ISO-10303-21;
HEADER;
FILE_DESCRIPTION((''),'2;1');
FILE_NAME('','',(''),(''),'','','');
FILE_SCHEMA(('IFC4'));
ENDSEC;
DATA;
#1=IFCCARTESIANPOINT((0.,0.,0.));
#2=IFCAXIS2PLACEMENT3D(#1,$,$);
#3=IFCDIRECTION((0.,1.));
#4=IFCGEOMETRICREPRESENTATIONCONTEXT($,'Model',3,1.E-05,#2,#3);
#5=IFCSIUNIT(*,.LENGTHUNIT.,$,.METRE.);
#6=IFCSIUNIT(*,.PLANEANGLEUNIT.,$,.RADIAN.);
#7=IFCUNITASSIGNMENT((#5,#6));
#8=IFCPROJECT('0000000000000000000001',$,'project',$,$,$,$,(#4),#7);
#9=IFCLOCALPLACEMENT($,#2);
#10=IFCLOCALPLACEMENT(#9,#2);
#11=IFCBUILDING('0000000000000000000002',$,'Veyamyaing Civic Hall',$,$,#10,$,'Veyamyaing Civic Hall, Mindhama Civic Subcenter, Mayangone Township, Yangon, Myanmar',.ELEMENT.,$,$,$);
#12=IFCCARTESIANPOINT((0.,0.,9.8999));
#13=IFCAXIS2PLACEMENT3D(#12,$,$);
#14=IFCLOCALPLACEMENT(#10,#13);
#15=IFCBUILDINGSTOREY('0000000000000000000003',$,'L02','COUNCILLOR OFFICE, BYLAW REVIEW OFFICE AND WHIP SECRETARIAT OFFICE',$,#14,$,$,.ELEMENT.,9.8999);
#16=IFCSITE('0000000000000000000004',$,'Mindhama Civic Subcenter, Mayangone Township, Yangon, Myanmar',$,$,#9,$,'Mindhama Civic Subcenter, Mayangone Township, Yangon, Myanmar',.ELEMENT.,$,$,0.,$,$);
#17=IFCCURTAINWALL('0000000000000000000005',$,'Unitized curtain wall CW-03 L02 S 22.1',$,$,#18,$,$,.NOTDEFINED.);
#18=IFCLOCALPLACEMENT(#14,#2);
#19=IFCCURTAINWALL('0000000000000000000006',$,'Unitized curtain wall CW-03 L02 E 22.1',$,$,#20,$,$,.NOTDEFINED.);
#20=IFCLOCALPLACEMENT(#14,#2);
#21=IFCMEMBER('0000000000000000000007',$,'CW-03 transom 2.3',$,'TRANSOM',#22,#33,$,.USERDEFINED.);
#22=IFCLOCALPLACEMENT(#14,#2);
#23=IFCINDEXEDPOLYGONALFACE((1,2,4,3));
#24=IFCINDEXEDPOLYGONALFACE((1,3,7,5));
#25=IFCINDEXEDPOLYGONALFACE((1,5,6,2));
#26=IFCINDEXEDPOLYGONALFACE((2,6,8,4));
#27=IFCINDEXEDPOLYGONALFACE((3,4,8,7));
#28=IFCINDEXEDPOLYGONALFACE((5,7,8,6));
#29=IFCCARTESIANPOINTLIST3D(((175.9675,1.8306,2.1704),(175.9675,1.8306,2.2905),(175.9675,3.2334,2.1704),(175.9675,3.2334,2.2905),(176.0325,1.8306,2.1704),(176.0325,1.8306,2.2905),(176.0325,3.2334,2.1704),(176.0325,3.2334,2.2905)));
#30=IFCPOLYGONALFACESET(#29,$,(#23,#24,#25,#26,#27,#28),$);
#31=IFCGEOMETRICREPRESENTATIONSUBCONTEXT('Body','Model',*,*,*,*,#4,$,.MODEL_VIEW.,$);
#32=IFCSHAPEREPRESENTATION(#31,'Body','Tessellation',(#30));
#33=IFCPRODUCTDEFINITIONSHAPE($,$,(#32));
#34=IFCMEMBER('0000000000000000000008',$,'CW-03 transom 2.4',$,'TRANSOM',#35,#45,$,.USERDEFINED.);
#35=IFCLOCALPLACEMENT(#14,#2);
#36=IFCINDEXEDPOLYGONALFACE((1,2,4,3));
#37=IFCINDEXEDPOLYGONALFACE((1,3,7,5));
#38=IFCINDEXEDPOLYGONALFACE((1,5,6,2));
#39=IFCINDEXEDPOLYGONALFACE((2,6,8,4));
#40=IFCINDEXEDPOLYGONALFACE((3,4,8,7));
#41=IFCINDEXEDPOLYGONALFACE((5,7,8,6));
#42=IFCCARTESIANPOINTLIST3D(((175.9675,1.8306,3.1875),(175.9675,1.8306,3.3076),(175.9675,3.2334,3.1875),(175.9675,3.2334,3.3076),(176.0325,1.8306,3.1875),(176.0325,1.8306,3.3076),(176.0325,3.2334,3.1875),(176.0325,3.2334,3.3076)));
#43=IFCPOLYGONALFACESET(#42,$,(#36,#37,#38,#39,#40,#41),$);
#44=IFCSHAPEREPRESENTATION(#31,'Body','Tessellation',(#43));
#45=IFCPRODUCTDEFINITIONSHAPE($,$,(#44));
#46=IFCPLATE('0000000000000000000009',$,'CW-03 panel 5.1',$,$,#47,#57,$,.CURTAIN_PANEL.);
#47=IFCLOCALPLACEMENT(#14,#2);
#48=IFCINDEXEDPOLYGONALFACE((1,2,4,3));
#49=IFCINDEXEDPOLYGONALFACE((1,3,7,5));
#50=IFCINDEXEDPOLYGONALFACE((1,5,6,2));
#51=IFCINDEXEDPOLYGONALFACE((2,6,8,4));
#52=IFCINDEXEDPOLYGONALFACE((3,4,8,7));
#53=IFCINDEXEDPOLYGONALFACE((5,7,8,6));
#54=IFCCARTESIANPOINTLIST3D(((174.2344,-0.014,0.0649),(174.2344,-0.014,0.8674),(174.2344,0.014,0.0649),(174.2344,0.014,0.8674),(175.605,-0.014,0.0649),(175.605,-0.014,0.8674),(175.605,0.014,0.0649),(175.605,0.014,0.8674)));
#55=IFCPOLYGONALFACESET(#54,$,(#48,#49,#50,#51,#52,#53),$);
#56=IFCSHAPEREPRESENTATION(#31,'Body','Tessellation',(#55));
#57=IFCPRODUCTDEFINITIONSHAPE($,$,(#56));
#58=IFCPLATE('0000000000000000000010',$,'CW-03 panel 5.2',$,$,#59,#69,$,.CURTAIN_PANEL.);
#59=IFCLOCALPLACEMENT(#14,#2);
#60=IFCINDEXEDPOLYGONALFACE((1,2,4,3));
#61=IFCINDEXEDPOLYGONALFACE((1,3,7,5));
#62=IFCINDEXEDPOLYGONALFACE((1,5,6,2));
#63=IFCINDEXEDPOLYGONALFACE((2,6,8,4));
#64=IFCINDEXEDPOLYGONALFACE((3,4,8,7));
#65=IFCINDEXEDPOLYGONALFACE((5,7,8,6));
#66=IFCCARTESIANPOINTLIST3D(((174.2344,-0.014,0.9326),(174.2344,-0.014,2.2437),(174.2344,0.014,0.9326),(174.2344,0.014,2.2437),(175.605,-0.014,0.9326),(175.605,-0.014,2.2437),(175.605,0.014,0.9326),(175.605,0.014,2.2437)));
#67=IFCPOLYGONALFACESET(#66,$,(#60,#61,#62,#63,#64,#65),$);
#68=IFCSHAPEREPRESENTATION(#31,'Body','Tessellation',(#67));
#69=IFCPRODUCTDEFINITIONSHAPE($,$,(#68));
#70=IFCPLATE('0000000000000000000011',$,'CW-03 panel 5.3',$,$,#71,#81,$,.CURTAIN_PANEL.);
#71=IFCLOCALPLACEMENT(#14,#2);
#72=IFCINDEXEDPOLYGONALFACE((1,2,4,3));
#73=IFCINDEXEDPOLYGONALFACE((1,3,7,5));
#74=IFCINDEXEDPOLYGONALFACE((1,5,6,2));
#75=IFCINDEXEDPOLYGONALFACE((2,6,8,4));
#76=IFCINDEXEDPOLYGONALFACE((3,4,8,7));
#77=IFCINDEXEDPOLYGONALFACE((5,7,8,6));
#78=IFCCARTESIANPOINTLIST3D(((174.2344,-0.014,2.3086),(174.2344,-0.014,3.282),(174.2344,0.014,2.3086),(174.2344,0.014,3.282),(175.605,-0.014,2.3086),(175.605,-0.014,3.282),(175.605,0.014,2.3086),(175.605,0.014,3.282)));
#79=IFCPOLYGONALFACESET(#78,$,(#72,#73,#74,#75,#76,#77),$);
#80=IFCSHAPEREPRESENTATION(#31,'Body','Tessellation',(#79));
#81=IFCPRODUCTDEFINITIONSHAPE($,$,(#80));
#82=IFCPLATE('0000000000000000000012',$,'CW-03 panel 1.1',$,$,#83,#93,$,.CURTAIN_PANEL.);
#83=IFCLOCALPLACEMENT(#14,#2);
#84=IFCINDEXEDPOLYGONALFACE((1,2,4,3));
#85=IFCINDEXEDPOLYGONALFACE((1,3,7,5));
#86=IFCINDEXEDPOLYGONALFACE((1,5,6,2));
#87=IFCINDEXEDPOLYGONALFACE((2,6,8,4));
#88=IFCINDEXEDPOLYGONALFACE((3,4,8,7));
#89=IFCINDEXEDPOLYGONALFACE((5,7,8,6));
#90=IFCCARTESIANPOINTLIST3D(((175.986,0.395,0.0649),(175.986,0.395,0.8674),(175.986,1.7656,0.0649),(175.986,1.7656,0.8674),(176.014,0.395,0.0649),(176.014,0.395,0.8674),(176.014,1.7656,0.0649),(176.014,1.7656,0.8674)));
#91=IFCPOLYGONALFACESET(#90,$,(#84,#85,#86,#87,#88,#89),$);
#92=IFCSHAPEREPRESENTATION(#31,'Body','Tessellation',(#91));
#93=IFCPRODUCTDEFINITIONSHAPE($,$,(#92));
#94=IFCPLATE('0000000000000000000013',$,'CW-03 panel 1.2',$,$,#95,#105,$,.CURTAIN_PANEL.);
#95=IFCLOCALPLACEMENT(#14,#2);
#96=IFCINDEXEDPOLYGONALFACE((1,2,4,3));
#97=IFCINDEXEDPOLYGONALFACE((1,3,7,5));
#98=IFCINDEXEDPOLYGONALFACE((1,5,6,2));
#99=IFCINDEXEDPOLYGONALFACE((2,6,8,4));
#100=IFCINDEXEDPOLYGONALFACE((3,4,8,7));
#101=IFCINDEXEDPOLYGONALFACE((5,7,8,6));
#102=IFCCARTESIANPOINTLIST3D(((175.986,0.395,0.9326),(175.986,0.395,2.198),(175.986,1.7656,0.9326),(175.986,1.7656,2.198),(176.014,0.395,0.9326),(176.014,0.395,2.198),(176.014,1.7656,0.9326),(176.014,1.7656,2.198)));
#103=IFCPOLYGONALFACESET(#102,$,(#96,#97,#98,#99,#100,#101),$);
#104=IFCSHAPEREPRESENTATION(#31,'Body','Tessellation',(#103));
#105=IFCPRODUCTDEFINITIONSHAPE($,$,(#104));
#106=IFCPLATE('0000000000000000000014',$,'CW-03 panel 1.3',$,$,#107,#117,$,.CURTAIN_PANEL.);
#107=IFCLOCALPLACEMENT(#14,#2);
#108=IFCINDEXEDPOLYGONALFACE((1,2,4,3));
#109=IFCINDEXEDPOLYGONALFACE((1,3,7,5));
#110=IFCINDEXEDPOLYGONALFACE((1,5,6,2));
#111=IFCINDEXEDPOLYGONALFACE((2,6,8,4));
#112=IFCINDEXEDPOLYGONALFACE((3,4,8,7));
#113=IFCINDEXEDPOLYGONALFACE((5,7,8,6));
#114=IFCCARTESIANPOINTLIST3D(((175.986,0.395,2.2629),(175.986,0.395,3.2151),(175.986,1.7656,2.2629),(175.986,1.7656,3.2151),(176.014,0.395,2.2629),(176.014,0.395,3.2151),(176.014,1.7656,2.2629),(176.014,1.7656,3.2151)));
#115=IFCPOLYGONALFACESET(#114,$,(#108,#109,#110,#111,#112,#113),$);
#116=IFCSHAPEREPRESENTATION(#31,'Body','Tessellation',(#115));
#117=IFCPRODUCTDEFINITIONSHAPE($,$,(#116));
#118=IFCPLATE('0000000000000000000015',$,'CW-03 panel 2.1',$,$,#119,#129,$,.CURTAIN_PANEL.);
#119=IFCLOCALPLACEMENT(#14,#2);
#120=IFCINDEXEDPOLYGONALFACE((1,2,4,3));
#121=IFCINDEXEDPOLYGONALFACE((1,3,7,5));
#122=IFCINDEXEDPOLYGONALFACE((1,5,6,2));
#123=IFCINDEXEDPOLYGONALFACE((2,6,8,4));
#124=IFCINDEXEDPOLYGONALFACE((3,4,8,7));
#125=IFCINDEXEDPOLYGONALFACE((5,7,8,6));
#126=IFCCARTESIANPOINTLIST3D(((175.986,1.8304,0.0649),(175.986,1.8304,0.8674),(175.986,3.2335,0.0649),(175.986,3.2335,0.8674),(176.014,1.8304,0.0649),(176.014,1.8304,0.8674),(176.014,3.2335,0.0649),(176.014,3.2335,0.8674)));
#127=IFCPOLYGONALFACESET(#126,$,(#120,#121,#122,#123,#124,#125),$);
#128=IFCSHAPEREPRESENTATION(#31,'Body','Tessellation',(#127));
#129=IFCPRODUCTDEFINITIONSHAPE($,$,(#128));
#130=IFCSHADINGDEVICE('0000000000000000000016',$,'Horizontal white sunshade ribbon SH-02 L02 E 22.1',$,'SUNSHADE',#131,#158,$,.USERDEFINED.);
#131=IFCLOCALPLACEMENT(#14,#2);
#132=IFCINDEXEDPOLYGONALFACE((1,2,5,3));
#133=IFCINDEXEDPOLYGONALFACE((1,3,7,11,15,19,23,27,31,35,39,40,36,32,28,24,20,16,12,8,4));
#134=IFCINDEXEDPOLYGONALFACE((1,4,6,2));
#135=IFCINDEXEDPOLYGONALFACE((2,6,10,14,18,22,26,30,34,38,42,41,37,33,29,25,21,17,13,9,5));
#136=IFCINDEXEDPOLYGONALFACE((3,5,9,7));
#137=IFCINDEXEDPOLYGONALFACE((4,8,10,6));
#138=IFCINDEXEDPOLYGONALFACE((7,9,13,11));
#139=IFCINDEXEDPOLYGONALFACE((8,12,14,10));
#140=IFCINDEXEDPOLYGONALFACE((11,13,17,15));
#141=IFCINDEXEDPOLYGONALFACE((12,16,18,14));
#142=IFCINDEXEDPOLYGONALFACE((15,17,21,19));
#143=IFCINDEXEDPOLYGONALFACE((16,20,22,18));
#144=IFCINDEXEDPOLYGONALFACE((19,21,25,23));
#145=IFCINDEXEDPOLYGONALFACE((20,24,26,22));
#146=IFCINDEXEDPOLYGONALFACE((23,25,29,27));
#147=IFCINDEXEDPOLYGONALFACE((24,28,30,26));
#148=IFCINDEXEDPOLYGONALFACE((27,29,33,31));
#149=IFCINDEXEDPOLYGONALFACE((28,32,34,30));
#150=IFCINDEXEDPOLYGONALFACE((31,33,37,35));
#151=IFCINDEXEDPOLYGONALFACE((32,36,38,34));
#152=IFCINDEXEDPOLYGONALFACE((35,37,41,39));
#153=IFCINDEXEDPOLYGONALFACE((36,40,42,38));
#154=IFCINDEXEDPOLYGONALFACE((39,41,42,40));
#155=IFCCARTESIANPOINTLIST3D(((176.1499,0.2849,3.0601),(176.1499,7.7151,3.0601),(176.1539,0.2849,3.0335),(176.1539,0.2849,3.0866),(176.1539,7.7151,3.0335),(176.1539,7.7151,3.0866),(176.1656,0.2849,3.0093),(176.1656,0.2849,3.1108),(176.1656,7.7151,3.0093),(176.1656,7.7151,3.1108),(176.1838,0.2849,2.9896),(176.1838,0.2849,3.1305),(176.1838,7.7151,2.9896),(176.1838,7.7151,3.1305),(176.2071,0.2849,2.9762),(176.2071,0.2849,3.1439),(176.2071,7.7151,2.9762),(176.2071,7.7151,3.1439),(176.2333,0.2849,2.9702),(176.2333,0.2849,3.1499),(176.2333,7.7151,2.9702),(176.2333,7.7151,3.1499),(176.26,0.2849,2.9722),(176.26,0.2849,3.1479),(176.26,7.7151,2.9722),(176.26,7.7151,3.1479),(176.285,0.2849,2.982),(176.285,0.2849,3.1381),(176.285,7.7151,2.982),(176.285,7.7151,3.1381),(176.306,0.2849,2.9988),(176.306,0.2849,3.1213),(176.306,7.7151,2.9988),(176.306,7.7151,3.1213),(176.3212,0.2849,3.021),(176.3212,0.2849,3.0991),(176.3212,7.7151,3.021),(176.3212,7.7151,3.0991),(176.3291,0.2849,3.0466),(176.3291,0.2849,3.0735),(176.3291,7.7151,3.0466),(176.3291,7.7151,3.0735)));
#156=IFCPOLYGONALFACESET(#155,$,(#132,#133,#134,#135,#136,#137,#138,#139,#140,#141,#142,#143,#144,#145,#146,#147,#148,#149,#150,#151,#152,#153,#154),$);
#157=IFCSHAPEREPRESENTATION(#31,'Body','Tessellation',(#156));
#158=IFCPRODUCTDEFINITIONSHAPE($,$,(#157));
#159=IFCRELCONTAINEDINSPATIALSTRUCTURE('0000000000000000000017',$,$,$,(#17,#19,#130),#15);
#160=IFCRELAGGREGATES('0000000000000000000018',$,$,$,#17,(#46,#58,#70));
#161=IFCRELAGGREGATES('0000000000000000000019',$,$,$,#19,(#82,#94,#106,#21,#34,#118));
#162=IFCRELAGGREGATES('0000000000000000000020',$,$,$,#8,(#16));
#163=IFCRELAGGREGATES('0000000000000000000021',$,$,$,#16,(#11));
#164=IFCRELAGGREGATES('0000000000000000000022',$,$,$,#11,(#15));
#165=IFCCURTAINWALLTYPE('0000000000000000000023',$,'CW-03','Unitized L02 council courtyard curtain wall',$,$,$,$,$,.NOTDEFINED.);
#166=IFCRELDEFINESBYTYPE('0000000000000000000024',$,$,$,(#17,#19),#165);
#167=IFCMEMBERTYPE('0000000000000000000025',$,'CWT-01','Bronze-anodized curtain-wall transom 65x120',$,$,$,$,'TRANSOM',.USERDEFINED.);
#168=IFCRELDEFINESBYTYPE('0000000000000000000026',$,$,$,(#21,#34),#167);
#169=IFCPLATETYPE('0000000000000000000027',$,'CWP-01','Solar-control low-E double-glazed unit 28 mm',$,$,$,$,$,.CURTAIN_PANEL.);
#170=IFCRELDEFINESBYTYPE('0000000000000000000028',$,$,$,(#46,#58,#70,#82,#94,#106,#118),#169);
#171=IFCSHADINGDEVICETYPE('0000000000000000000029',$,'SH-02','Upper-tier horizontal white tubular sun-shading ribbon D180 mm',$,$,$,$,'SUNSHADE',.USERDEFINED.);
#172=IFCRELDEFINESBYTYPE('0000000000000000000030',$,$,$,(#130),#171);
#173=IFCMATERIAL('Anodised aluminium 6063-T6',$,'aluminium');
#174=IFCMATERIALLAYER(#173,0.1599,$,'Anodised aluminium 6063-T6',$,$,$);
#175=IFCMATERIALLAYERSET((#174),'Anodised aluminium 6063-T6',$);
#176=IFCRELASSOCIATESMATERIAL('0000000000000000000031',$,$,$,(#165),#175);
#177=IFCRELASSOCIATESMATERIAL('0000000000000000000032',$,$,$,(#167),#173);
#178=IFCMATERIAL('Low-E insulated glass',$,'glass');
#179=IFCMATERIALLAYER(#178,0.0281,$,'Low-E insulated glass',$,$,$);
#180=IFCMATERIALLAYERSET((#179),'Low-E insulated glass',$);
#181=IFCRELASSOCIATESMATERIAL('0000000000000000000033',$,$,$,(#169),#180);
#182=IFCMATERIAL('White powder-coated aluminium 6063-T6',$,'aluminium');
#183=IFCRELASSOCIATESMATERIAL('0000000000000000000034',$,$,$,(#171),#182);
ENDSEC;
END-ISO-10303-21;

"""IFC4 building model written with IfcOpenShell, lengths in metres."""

from ifc_helpers import new_model, si_unit, direction, frame, origin, origin_2d, place, context, subcontext, project, spatial, rectangle, circle, extrude, material, layer, layer_set, material_profile, profile_set, type_object, element, aggregate, save


model = new_model("IFC4")

# Units and contexts
model_context = context("Model", 3, precision=1e-05, world=origin(), true_north=direction((0.0, 1.0)))
body_context = subcontext(model_context, "Body", "Model", "MODEL_VIEW")
ifc_project = project(units=[si_unit("LENGTHUNIT", "METRE"), si_unit("PLANEANGLEUNIT", "RADIAN")], contexts=[model_context])

# Site, building, storey
site_placement = place(None, origin())
site = spatial("IfcSite", under=ifc_project, at=site_placement, Name="Mindhama Civic Subcenter, Mayangone Township, Yangon, Myanmar", LongName="Mindhama Civic Subcenter, Mayangone Township, Yangon, Myanmar", CompositionType="ELEMENT", RefElevation=0.0)
building_placement = place(site_placement, origin())
building = spatial("IfcBuilding", under=site, at=building_placement, Name="Veyamyaing Civic Hall", LongName="Veyamyaing Civic Hall, Mindhama Civic Subcenter, Mayangone Township, Yangon, Myanmar", CompositionType="ELEMENT")
storey_placement = place(building_placement, frame((0.0, 0.0, 9.8999)))
storey = spatial("IfcBuildingStorey", under=building, at=storey_placement, Name="L02", Description="COUNCILLOR OFFICE, BYLAW REVIEW OFFICE AND WHIP SECRETARIAT OFFICE", CompositionType="ELEMENT", Elevation=9.8999)

# Curtain wall
ifc_material_1 = material(Name="Anodised aluminium 6063-T6", Category="aluminium")
ifc_layer_1 = layer(ifc_material_1, 0.1599, Name="Anodised aluminium 6063-T6")
ifc_layer_set_1 = layer_set([ifc_layer_1], Name="Anodised aluminium 6063-T6")
curtain_wall_type = type_object("IfcCurtainWallType", Name="CW-03", Description="Unitized L02 council courtyard curtain wall", PredefinedType="NOTDEFINED", material=ifc_layer_set_1)
curtain_wall_1_placement = place(storey_placement, origin())
curtain_wall_1 = element("IfcCurtainWall", 1, at=curtain_wall_1_placement, inside=storey, type_object=curtain_wall_type, Name="Unitized curtain wall CW-03 L02 S 22.1", PredefinedType="NOTDEFINED")

# Curtain wall, members
curtain_wall_2_placement = place(storey_placement, origin())
curtain_wall_2 = element("IfcCurtainWall", 2, at=curtain_wall_2_placement, inside=storey, type_object=curtain_wall_type, Name="Unitized curtain wall CW-03 L02 E 22.1", PredefinedType="NOTDEFINED")
ifc_material_profile_1 = material_profile(ifc_material_1, rectangle(XDim=0.0649, YDim=0.1201, at=origin_2d()), Name="ALU-TRN-65X120")
ifc_profile_set_1 = profile_set([ifc_material_profile_1], Name="Anodised aluminium 6063-T6")
member_type_1 = type_object("IfcMemberType", Name="CWT-01", Description="Bronze-anodized curtain-wall transom 65x120", ElementType="TRANSOM", PredefinedType="USERDEFINED", material=ifc_profile_set_1)
member_1_placement = place(storey_placement, frame((176.0, 1.8306, 2.2305), z_axis=(0.0, 1.0, 0.0), x_axis=(-1.0, 0.0, 0.0)))
member_1 = element("IfcMember", 3, at=member_1_placement, type_object=member_type_1, Name="CW-03 transom 2.3", ObjectType="TRANSOM", PredefinedType="USERDEFINED", context=body_context, shape_type="SweptSolid", body=[
    extrude(rectangle(XDim=0.0649, YDim=0.1201, at=origin_2d()), origin(), (0.0, 0.0, 1.0), 1.4028),
])
member_2_placement = place(storey_placement, frame((176.0, 1.8306, 3.2476), z_axis=(0.0, 1.0, 0.0), x_axis=(-1.0, 0.0, 0.0)))
member_2 = element("IfcMember", 4, at=member_2_placement, type_object=member_type_1, Name="CW-03 transom 2.4", ObjectType="TRANSOM", PredefinedType="USERDEFINED", context=body_context, shape_type="SweptSolid", body=[
    extrude(rectangle(XDim=0.0649, YDim=0.1201, at=origin_2d()), origin(), (0.0, 0.0, 1.0), 1.4028),
])

# Plates
ifc_material_2 = material(Name="Low-E insulated glass", Category="glass")
ifc_layer_2 = layer(ifc_material_2, 0.0281, Name="Low-E insulated glass")
ifc_layer_set_2 = layer_set([ifc_layer_2], Name="Low-E insulated glass")
plate_type = type_object("IfcPlateType", Name="CWP-01", Description="Solar-control low-E double-glazed unit 28 mm", PredefinedType="CURTAIN_PANEL", material=ifc_layer_set_2)
plate_1_placement = place(storey_placement, frame((174.9197, 0.0, 0.0649), z_axis=(0.0, 0.0, 1.0), x_axis=(1.0, 0.0, 0.0)))
plate_1 = element("IfcPlate", 5, at=plate_1_placement, type_object=plate_type, Name="CW-03 panel 5.1", PredefinedType="CURTAIN_PANEL", context=body_context, shape_type="SweptSolid", body=[
    extrude(rectangle(XDim=1.3706, YDim=0.0281, at=origin_2d()), origin(), (0.0, 0.0, 1.0), 0.8025),
])
plate_2_placement = place(storey_placement, frame((174.9197, 0.0, 0.9326), z_axis=(0.0, 0.0, 1.0), x_axis=(1.0, 0.0, 0.0)))
plate_2 = element("IfcPlate", 6, at=plate_2_placement, type_object=plate_type, Name="CW-03 panel 5.2", PredefinedType="CURTAIN_PANEL", context=body_context, shape_type="SweptSolid", body=[
    extrude(rectangle(XDim=1.3706, YDim=0.0281, at=origin_2d()), origin(), (0.0, 0.0, 1.0), 1.311),
])
plate_3_placement = place(storey_placement, frame((174.9197, 0.0, 2.3086), z_axis=(0.0, 0.0, 1.0), x_axis=(1.0, 0.0, 0.0)))
plate_3 = element("IfcPlate", 7, at=plate_3_placement, type_object=plate_type, Name="CW-03 panel 5.3", PredefinedType="CURTAIN_PANEL", context=body_context, shape_type="SweptSolid", body=[
    extrude(rectangle(XDim=1.3706, YDim=0.0281, at=origin_2d()), origin(), (0.0, 0.0, 1.0), 0.9734),
])
aggregate(curtain_wall_1, [plate_1, plate_2, plate_3])
plate_4_placement = place(storey_placement, frame((176.0, 1.0803, 0.0649), z_axis=(0.0, 0.0, 1.0), x_axis=(0.0, 1.0, 0.0)))
plate_4 = element("IfcPlate", 8, at=plate_4_placement, type_object=plate_type, Name="CW-03 panel 1.1", PredefinedType="CURTAIN_PANEL", context=body_context, shape_type="SweptSolid", body=[
    extrude(rectangle(XDim=1.3706, YDim=0.0281, at=origin_2d()), origin(), (0.0, 0.0, 1.0), 0.8025),
])
plate_5_placement = place(storey_placement, frame((176.0, 1.0803, 0.9326), z_axis=(0.0, 0.0, 1.0), x_axis=(0.0, 1.0, 0.0)))
plate_5 = element("IfcPlate", 9, at=plate_5_placement, type_object=plate_type, Name="CW-03 panel 1.2", PredefinedType="CURTAIN_PANEL", context=body_context, shape_type="SweptSolid", body=[
    extrude(rectangle(XDim=1.3706, YDim=0.0281, at=origin_2d()), origin(), (0.0, 0.0, 1.0), 1.2654),
])
plate_6_placement = place(storey_placement, frame((176.0, 1.0803, 2.2629), z_axis=(0.0, 0.0, 1.0), x_axis=(0.0, 1.0, 0.0)))
plate_6 = element("IfcPlate", 10, at=plate_6_placement, type_object=plate_type, Name="CW-03 panel 1.3", PredefinedType="CURTAIN_PANEL", context=body_context, shape_type="SweptSolid", body=[
    extrude(rectangle(XDim=1.3706, YDim=0.0281, at=origin_2d()), origin(), (0.0, 0.0, 1.0), 0.9521),
])
plate_7_placement = place(storey_placement, frame((176.0, 2.532, 0.0649), z_axis=(0.0, 0.0, 1.0), x_axis=(0.0, 1.0, 0.0)))
plate_7 = element("IfcPlate", 11, at=plate_7_placement, type_object=plate_type, Name="CW-03 panel 2.1", PredefinedType="CURTAIN_PANEL", context=body_context, shape_type="SweptSolid", body=[
    extrude(rectangle(XDim=1.4031, YDim=0.0281, at=origin_2d()), origin(), (0.0, 0.0, 1.0), 0.8025),
])
aggregate(curtain_wall_2, [plate_4, plate_5, plate_6, member_1, member_2, plate_7])

# Shading device
ifc_material_3 = material(Name="White powder-coated aluminium 6063-T6", Category="aluminium")
ifc_material_profile_2 = material_profile(ifc_material_3, circle(Radius=0.0901, at=origin_2d()), Name="SHADE-TUBE-180")
ifc_profile_set_2 = profile_set([ifc_material_profile_2], Name="White powder-coated aluminium 6063-T6")
shading_device_type = type_object("IfcShadingDeviceType", Name="SH-02", Description="Upper-tier horizontal white tubular sun-shading ribbon D180 mm", ElementType="SUNSHADE", PredefinedType="USERDEFINED", material=ifc_profile_set_2)
shading_device_placement = place(storey_placement, frame((176.24, 0.2849, 3.0601), z_axis=(0.0, 1.0, 0.0), x_axis=(-1.0, 0.0, 0.0)))
element("IfcShadingDevice", 12, at=shading_device_placement, inside=storey, type_object=shading_device_type, Name="Horizontal white sunshade ribbon SH-02 L02 E 22.1", ObjectType="SUNSHADE", PredefinedType="USERDEFINED", context=body_context, shape_type="SweptSolid", body=[
    extrude(circle(Radius=0.0901, at=origin_2d()), origin(), (0.0, 0.0, 1.0), 7.4302),
])

save(model, "model.ifc")
